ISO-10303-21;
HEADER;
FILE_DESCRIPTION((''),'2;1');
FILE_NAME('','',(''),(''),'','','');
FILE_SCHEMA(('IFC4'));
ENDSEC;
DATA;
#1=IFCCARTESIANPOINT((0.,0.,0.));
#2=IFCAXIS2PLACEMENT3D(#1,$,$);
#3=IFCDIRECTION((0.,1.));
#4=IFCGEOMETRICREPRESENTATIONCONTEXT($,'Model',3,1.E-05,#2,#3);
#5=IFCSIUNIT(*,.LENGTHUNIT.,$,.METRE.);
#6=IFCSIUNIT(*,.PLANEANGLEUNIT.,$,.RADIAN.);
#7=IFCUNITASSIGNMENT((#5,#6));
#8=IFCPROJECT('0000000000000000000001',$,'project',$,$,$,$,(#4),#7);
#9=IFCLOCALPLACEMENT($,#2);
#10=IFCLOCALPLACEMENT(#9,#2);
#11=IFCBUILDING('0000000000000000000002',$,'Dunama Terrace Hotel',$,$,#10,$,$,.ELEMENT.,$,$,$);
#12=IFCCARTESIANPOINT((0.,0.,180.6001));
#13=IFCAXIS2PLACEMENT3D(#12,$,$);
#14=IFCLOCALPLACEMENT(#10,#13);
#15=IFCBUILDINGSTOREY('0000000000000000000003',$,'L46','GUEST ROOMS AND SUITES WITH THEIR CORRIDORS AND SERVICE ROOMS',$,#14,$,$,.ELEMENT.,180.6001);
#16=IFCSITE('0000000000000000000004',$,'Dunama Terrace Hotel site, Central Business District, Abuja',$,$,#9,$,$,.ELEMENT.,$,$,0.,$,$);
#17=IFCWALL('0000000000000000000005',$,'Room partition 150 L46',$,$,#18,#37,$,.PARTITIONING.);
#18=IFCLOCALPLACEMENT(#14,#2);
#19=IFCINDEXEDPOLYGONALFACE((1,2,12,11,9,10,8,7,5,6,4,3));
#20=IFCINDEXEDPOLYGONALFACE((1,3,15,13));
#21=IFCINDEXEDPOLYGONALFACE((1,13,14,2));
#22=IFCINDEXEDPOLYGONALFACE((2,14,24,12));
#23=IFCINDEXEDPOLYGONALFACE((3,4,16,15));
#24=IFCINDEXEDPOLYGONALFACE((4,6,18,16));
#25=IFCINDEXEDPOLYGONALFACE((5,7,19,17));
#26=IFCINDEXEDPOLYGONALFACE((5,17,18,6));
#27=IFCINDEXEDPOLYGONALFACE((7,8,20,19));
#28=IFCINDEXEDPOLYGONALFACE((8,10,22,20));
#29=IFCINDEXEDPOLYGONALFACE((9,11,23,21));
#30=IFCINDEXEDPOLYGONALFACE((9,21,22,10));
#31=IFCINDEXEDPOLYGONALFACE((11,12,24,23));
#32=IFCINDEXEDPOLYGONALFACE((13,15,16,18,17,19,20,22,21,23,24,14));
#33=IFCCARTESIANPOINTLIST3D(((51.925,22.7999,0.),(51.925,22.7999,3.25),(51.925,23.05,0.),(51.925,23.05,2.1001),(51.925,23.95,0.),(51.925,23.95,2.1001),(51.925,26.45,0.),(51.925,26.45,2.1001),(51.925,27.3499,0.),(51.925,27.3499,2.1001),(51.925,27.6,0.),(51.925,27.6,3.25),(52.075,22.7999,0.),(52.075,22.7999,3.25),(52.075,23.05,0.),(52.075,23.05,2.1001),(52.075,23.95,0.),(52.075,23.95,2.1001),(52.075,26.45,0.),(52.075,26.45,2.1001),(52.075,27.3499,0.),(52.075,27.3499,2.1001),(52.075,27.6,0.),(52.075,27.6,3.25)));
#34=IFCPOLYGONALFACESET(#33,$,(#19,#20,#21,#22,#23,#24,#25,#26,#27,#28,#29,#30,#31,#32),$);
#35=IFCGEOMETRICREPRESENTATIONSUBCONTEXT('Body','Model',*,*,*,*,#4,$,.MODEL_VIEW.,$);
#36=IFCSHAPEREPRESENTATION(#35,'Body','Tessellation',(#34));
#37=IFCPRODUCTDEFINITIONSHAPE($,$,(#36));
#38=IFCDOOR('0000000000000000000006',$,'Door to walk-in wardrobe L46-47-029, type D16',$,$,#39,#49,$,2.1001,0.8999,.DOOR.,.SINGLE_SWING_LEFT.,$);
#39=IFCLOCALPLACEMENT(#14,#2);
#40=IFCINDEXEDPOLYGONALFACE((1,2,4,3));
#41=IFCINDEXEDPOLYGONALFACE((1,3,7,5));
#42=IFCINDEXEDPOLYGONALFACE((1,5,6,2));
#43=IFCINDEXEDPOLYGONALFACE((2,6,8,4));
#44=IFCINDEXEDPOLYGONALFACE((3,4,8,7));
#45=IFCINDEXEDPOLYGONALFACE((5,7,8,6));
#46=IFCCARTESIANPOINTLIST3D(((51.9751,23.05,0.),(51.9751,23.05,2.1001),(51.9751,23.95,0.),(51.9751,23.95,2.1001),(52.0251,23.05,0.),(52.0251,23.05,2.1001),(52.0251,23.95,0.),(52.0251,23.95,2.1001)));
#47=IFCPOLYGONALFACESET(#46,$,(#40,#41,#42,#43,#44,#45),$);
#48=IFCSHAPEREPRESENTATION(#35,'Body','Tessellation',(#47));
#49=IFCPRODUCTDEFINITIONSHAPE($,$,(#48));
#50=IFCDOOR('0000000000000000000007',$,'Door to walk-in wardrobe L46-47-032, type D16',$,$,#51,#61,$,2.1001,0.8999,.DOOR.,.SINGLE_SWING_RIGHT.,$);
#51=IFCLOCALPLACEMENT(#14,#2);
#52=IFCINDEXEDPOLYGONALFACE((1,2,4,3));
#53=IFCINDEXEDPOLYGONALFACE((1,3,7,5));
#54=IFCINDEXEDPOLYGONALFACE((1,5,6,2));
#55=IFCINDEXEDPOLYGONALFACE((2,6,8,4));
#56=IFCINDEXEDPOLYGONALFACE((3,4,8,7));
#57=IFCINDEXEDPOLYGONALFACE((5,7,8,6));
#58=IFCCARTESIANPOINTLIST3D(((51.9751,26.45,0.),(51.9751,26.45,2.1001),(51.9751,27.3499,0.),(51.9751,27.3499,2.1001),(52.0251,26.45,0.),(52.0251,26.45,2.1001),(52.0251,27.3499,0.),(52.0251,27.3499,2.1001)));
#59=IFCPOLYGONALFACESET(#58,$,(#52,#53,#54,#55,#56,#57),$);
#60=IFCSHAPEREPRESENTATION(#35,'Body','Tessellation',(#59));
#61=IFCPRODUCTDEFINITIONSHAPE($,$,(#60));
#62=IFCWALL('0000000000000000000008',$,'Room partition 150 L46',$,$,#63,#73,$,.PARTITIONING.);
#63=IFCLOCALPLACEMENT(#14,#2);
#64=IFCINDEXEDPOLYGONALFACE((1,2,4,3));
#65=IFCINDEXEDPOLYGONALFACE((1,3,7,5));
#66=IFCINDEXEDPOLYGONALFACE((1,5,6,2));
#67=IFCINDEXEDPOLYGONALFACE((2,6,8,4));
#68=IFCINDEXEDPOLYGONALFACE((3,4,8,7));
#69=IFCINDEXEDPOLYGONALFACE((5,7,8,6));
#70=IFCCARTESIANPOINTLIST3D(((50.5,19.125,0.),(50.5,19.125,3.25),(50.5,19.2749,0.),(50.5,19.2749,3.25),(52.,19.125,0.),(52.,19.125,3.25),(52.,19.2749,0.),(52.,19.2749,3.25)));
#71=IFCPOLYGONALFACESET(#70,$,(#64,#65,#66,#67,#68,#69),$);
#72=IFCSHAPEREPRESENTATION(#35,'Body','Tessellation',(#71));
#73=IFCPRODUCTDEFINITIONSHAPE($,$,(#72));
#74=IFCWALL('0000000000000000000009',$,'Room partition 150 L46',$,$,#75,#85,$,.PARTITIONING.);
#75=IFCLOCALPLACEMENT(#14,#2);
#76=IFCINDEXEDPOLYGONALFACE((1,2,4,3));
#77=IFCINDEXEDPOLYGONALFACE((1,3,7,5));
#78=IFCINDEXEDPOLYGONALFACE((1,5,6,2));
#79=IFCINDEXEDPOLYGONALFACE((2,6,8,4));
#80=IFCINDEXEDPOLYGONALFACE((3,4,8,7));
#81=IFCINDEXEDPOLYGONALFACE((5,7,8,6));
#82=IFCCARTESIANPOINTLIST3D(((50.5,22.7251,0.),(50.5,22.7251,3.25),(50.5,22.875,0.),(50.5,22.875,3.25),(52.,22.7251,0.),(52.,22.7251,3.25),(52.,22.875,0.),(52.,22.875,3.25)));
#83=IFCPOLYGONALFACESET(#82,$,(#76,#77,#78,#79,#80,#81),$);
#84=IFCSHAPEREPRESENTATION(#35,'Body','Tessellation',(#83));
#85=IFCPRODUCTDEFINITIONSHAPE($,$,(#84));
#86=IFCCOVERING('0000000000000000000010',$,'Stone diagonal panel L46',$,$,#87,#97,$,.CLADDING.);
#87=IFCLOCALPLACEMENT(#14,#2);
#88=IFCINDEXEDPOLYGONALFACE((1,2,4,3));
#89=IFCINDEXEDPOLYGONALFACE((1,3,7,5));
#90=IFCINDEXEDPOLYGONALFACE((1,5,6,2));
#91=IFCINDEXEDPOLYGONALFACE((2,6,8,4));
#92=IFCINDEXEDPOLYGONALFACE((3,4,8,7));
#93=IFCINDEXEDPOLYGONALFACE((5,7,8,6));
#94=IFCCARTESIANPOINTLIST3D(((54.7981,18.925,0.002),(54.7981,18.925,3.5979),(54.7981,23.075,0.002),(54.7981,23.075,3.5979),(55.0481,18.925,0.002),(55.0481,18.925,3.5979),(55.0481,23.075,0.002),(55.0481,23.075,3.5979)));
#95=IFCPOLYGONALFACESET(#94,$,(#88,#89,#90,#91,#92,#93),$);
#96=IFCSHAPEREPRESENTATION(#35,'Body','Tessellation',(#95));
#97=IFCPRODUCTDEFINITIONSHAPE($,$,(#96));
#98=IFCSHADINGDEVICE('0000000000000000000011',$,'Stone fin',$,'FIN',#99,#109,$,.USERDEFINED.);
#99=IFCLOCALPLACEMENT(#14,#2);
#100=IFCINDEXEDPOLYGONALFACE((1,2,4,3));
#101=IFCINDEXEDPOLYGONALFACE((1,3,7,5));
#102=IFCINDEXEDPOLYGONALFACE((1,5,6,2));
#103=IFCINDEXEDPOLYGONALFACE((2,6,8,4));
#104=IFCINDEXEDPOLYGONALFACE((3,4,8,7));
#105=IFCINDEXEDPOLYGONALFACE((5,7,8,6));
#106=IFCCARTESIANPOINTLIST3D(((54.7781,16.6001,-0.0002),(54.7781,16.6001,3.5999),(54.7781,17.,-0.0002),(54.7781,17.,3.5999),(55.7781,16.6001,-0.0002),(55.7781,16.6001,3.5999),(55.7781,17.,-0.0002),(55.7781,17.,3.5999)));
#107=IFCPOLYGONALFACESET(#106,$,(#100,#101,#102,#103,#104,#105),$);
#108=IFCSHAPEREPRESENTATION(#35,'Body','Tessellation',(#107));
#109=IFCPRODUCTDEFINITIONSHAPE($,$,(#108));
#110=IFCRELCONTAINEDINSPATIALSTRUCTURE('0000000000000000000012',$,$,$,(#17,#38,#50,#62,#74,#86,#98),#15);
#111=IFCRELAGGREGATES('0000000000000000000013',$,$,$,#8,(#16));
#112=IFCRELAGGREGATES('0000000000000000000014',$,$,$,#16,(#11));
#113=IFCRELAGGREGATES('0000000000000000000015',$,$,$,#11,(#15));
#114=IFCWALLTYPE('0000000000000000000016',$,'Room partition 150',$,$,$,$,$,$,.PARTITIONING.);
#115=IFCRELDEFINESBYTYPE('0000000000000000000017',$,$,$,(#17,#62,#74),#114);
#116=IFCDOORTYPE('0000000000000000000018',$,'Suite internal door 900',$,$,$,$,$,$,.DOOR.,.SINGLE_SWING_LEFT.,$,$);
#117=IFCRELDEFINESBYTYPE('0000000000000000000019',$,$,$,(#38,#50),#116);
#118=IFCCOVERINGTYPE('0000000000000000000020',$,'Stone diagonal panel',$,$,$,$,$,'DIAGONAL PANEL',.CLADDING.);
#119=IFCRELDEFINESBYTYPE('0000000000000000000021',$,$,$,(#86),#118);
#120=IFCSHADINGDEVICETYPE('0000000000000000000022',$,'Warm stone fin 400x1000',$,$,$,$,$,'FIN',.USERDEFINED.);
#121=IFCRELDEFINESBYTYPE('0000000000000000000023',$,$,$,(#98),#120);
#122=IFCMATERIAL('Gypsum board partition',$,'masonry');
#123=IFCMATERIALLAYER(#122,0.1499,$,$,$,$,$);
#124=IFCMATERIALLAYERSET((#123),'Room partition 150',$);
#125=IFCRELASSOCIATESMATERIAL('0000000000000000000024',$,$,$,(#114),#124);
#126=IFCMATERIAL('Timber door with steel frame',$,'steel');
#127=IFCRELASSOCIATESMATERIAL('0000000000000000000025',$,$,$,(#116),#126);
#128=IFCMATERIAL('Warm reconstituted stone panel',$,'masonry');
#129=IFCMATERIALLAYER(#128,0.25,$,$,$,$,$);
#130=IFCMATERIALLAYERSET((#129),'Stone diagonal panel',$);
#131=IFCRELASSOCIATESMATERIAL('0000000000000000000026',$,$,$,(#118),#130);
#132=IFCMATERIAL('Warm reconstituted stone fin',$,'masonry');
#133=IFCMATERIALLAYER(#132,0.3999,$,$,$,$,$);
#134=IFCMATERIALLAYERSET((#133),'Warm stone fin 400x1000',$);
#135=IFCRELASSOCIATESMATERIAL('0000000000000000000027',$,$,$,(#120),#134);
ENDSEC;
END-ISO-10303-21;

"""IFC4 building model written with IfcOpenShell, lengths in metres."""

from ifc_helpers import new_model, si_unit, direction, frame, frame_2d, origin, origin_2d, place, context, subcontext, project, spatial, rectangle, extrude, material, layer, layer_set, type_object, element, fill, save


model = new_model("IFC4")

# Units and contexts
model_context = context("Model", 3, precision=1e-05, world=origin(), true_north=direction((0.0, 1.0)))
body_context = subcontext(model_context, "Body", "Model", "MODEL_VIEW")
ifc_project = project(units=[si_unit("LENGTHUNIT", "METRE"), si_unit("PLANEANGLEUNIT", "RADIAN")], contexts=[model_context])

# Site, building, storey
site_placement = place(None, origin())
site = spatial("IfcSite", under=ifc_project, at=site_placement, Name="Dunama Terrace Hotel site, Central Business District, Abuja", CompositionType="ELEMENT", RefElevation=0.0)
building_placement = place(site_placement, origin())
building = spatial("IfcBuilding", under=site, at=building_placement, Name="Dunama Terrace Hotel", CompositionType="ELEMENT")
storey_placement = place(building_placement, frame((0.0, 0.0, 180.6001)))
storey = spatial("IfcBuildingStorey", under=building, at=storey_placement, Name="L46", Description="GUEST ROOMS AND SUITES WITH THEIR CORRIDORS AND SERVICE ROOMS", CompositionType="ELEMENT", Elevation=180.6001)

# Shared definitions
ifc_material_1 = material(Name="Gypsum board partition", Category="masonry")
ifc_layer_1 = layer(ifc_material_1, 0.1499)
ifc_layer_set_1 = layer_set([ifc_layer_1], Name="Room partition 150")
wall_type_1 = type_object("IfcWallType", Name="Room partition 150", PredefinedType="PARTITIONING", material=ifc_layer_set_1)

# Shared definitions
ifc_material_2 = material(Name="Timber door with steel frame", Category="steel")
door_type_1 = type_object("IfcDoorType", Name="Suite internal door 900", OperationType="SINGLE_SWING_LEFT", PredefinedType="DOOR", material=ifc_material_2)

# Wall, openings, doors
wall_1_placement = place(storey_placement, frame((52.0, 22.8, 0.0), z_axis=(0.0, 0.0, 1.0), x_axis=(0.0, 1.0, 0.0)))
wall_1 = element("IfcWall", 1, at=wall_1_placement, inside=storey, type_object=wall_type_1, Name="Room partition 150 L46", PredefinedType="PARTITIONING", context=body_context, shape_type="SweptSolid", body=[
    extrude(rectangle(XDim=4.8, YDim=0.1499, at=frame_2d((2.3999, 0.0))), origin(), (0.0, 0.0, 1.0), 3.25),
])
opening_1_placement = place(wall_1_placement, frame((0.25, 0.0, 0.0)))
opening_1 = element("IfcOpeningElement", 2, at=opening_1_placement, cuts=wall_1, PredefinedType="OPENING", context=body_context, shape_type="SweptSolid", body=[
    extrude(rectangle(XDim=0.8999, YDim=2.1001, at=frame_2d((0.45, 1.05))), frame((0.0, 0.085, 0.0), z_axis=(0.0, -1.0, 0.0), x_axis=(1.0, 0.0, 0.0)), (0.0, 0.0, 1.0), 0.1699),
])
opening_2_placement = place(wall_1_placement, frame((3.6499, 0.0, 0.0)))
opening_2 = element("IfcOpeningElement", 3, at=opening_2_placement, cuts=wall_1, PredefinedType="OPENING", context=body_context, shape_type="SweptSolid", body=[
    extrude(rectangle(XDim=0.8999, YDim=2.1001, at=frame_2d((0.45, 1.05))), frame((0.0, 0.085, 0.0), z_axis=(0.0, -1.0, 0.0), x_axis=(1.0, 0.0, 0.0)), (0.0, 0.0, 1.0), 0.1699),
])
door_1_placement = place(opening_1_placement, origin())
door_1 = element("IfcDoor", 4, at=door_1_placement, inside=storey, type_object=door_type_1, Name="Door to walk-in wardrobe L46-47-029, type D16", OperationType="SINGLE_SWING_LEFT", OverallHeight=2.1001, OverallWidth=0.8999, PredefinedType="DOOR", context=body_context, shape_type="SweptSolid", body=[
    extrude(rectangle(XDim=0.8999, YDim=2.1001, at=frame_2d((0.45, 1.05))), frame((0.0, 0.0249, 0.0), z_axis=(0.0, -1.0, 0.0), x_axis=(1.0, 0.0, 0.0)), (0.0, 0.0, 1.0), 0.05),
])
fill(opening_1, door_1)
door_2_placement = place(opening_2_placement, origin())
door_2 = element("IfcDoor", 5, at=door_2_placement, inside=storey, type_object=door_type_1, Name="Door to walk-in wardrobe L46-47-032, type D16", OperationType="SINGLE_SWING_RIGHT", OverallHeight=2.1001, OverallWidth=0.8999, PredefinedType="DOOR", context=body_context, shape_type="SweptSolid", body=[
    extrude(rectangle(XDim=0.8999, YDim=2.1001, at=frame_2d((0.45, 1.05))), frame((0.0, 0.0249, 0.0), z_axis=(0.0, -1.0, 0.0), x_axis=(1.0, 0.0, 0.0)), (0.0, 0.0, 1.0), 0.05),
])
fill(opening_2, door_2)

# Walls
for number, where, z_axis, x_axis, name in (
    (6, (50.5, 19.2, 0.0), (0.0, 0.0, 1.0), (1.0, 0.0, 0.0), "Room partition 150 L46"),
    (7, (50.5, 22.8, 0.0), (0.0, 0.0, 1.0), (1.0, 0.0, 0.0), "Room partition 150 L46"),
):
    element("IfcWall", number, at=place(storey_placement, frame(where, z_axis=z_axis, x_axis=x_axis)), inside=storey, type_object=wall_type_1, Name=name, PredefinedType="PARTITIONING", context=body_context, shape_type="SweptSolid", body=[
        extrude(rectangle(XDim=1.5, YDim=0.1499, at=frame_2d((0.75, 0.0))), origin(), (0.0, 0.0, 1.0), 3.25),
    ])

# Covering
ifc_material_3 = material(Name="Warm reconstituted stone panel", Category="masonry")
ifc_layer_2 = layer(ifc_material_3, 0.25)
ifc_layer_set_2 = layer_set([ifc_layer_2], Name="Stone diagonal panel")
covering_type = type_object("IfcCoveringType", Name="Stone diagonal panel", ElementType="DIAGONAL PANEL", PredefinedType="CLADDING", material=ifc_layer_set_2)
covering_placement = place(storey_placement, frame((54.9231, 21.0, 0.002), z_axis=(0.0, 0.0, 1.0), x_axis=(0.0, 1.0, 0.0)))
element("IfcCovering", 8, at=covering_placement, inside=storey, type_object=covering_type, Name="Stone diagonal panel L46", PredefinedType="CLADDING", context=body_context, shape_type="SweptSolid", body=[
    extrude(rectangle(XDim=4.1499, YDim=0.25, at=origin_2d()), origin(), (0.0, 0.0, 1.0), 3.5959),
])

# Shading device
ifc_material_4 = material(Name="Warm reconstituted stone fin", Category="masonry")
ifc_layer_3 = layer(ifc_material_4, 0.3999)
ifc_layer_set_3 = layer_set([ifc_layer_3], Name="Warm stone fin 400x1000")
shading_device_type = type_object("IfcShadingDeviceType", Name="Warm stone fin 400x1000", ElementType="FIN", PredefinedType="USERDEFINED", material=ifc_layer_set_3)
shading_device_placement = place(storey_placement, frame((55.2781, 16.8, -0.0002), z_axis=(0.0, 0.0, 1.0), x_axis=(0.0, 1.0, 0.0)))
element("IfcShadingDevice", 9, at=shading_device_placement, inside=storey, type_object=shading_device_type, Name="Stone fin", ObjectType="FIN", PredefinedType="USERDEFINED", context=body_context, shape_type="SweptSolid", body=[
    extrude(rectangle(XDim=0.3999, YDim=1.0, at=origin_2d()), origin(), (0.0, 0.0, 1.0), 3.6001),
])

save(model, "model.ifc")
